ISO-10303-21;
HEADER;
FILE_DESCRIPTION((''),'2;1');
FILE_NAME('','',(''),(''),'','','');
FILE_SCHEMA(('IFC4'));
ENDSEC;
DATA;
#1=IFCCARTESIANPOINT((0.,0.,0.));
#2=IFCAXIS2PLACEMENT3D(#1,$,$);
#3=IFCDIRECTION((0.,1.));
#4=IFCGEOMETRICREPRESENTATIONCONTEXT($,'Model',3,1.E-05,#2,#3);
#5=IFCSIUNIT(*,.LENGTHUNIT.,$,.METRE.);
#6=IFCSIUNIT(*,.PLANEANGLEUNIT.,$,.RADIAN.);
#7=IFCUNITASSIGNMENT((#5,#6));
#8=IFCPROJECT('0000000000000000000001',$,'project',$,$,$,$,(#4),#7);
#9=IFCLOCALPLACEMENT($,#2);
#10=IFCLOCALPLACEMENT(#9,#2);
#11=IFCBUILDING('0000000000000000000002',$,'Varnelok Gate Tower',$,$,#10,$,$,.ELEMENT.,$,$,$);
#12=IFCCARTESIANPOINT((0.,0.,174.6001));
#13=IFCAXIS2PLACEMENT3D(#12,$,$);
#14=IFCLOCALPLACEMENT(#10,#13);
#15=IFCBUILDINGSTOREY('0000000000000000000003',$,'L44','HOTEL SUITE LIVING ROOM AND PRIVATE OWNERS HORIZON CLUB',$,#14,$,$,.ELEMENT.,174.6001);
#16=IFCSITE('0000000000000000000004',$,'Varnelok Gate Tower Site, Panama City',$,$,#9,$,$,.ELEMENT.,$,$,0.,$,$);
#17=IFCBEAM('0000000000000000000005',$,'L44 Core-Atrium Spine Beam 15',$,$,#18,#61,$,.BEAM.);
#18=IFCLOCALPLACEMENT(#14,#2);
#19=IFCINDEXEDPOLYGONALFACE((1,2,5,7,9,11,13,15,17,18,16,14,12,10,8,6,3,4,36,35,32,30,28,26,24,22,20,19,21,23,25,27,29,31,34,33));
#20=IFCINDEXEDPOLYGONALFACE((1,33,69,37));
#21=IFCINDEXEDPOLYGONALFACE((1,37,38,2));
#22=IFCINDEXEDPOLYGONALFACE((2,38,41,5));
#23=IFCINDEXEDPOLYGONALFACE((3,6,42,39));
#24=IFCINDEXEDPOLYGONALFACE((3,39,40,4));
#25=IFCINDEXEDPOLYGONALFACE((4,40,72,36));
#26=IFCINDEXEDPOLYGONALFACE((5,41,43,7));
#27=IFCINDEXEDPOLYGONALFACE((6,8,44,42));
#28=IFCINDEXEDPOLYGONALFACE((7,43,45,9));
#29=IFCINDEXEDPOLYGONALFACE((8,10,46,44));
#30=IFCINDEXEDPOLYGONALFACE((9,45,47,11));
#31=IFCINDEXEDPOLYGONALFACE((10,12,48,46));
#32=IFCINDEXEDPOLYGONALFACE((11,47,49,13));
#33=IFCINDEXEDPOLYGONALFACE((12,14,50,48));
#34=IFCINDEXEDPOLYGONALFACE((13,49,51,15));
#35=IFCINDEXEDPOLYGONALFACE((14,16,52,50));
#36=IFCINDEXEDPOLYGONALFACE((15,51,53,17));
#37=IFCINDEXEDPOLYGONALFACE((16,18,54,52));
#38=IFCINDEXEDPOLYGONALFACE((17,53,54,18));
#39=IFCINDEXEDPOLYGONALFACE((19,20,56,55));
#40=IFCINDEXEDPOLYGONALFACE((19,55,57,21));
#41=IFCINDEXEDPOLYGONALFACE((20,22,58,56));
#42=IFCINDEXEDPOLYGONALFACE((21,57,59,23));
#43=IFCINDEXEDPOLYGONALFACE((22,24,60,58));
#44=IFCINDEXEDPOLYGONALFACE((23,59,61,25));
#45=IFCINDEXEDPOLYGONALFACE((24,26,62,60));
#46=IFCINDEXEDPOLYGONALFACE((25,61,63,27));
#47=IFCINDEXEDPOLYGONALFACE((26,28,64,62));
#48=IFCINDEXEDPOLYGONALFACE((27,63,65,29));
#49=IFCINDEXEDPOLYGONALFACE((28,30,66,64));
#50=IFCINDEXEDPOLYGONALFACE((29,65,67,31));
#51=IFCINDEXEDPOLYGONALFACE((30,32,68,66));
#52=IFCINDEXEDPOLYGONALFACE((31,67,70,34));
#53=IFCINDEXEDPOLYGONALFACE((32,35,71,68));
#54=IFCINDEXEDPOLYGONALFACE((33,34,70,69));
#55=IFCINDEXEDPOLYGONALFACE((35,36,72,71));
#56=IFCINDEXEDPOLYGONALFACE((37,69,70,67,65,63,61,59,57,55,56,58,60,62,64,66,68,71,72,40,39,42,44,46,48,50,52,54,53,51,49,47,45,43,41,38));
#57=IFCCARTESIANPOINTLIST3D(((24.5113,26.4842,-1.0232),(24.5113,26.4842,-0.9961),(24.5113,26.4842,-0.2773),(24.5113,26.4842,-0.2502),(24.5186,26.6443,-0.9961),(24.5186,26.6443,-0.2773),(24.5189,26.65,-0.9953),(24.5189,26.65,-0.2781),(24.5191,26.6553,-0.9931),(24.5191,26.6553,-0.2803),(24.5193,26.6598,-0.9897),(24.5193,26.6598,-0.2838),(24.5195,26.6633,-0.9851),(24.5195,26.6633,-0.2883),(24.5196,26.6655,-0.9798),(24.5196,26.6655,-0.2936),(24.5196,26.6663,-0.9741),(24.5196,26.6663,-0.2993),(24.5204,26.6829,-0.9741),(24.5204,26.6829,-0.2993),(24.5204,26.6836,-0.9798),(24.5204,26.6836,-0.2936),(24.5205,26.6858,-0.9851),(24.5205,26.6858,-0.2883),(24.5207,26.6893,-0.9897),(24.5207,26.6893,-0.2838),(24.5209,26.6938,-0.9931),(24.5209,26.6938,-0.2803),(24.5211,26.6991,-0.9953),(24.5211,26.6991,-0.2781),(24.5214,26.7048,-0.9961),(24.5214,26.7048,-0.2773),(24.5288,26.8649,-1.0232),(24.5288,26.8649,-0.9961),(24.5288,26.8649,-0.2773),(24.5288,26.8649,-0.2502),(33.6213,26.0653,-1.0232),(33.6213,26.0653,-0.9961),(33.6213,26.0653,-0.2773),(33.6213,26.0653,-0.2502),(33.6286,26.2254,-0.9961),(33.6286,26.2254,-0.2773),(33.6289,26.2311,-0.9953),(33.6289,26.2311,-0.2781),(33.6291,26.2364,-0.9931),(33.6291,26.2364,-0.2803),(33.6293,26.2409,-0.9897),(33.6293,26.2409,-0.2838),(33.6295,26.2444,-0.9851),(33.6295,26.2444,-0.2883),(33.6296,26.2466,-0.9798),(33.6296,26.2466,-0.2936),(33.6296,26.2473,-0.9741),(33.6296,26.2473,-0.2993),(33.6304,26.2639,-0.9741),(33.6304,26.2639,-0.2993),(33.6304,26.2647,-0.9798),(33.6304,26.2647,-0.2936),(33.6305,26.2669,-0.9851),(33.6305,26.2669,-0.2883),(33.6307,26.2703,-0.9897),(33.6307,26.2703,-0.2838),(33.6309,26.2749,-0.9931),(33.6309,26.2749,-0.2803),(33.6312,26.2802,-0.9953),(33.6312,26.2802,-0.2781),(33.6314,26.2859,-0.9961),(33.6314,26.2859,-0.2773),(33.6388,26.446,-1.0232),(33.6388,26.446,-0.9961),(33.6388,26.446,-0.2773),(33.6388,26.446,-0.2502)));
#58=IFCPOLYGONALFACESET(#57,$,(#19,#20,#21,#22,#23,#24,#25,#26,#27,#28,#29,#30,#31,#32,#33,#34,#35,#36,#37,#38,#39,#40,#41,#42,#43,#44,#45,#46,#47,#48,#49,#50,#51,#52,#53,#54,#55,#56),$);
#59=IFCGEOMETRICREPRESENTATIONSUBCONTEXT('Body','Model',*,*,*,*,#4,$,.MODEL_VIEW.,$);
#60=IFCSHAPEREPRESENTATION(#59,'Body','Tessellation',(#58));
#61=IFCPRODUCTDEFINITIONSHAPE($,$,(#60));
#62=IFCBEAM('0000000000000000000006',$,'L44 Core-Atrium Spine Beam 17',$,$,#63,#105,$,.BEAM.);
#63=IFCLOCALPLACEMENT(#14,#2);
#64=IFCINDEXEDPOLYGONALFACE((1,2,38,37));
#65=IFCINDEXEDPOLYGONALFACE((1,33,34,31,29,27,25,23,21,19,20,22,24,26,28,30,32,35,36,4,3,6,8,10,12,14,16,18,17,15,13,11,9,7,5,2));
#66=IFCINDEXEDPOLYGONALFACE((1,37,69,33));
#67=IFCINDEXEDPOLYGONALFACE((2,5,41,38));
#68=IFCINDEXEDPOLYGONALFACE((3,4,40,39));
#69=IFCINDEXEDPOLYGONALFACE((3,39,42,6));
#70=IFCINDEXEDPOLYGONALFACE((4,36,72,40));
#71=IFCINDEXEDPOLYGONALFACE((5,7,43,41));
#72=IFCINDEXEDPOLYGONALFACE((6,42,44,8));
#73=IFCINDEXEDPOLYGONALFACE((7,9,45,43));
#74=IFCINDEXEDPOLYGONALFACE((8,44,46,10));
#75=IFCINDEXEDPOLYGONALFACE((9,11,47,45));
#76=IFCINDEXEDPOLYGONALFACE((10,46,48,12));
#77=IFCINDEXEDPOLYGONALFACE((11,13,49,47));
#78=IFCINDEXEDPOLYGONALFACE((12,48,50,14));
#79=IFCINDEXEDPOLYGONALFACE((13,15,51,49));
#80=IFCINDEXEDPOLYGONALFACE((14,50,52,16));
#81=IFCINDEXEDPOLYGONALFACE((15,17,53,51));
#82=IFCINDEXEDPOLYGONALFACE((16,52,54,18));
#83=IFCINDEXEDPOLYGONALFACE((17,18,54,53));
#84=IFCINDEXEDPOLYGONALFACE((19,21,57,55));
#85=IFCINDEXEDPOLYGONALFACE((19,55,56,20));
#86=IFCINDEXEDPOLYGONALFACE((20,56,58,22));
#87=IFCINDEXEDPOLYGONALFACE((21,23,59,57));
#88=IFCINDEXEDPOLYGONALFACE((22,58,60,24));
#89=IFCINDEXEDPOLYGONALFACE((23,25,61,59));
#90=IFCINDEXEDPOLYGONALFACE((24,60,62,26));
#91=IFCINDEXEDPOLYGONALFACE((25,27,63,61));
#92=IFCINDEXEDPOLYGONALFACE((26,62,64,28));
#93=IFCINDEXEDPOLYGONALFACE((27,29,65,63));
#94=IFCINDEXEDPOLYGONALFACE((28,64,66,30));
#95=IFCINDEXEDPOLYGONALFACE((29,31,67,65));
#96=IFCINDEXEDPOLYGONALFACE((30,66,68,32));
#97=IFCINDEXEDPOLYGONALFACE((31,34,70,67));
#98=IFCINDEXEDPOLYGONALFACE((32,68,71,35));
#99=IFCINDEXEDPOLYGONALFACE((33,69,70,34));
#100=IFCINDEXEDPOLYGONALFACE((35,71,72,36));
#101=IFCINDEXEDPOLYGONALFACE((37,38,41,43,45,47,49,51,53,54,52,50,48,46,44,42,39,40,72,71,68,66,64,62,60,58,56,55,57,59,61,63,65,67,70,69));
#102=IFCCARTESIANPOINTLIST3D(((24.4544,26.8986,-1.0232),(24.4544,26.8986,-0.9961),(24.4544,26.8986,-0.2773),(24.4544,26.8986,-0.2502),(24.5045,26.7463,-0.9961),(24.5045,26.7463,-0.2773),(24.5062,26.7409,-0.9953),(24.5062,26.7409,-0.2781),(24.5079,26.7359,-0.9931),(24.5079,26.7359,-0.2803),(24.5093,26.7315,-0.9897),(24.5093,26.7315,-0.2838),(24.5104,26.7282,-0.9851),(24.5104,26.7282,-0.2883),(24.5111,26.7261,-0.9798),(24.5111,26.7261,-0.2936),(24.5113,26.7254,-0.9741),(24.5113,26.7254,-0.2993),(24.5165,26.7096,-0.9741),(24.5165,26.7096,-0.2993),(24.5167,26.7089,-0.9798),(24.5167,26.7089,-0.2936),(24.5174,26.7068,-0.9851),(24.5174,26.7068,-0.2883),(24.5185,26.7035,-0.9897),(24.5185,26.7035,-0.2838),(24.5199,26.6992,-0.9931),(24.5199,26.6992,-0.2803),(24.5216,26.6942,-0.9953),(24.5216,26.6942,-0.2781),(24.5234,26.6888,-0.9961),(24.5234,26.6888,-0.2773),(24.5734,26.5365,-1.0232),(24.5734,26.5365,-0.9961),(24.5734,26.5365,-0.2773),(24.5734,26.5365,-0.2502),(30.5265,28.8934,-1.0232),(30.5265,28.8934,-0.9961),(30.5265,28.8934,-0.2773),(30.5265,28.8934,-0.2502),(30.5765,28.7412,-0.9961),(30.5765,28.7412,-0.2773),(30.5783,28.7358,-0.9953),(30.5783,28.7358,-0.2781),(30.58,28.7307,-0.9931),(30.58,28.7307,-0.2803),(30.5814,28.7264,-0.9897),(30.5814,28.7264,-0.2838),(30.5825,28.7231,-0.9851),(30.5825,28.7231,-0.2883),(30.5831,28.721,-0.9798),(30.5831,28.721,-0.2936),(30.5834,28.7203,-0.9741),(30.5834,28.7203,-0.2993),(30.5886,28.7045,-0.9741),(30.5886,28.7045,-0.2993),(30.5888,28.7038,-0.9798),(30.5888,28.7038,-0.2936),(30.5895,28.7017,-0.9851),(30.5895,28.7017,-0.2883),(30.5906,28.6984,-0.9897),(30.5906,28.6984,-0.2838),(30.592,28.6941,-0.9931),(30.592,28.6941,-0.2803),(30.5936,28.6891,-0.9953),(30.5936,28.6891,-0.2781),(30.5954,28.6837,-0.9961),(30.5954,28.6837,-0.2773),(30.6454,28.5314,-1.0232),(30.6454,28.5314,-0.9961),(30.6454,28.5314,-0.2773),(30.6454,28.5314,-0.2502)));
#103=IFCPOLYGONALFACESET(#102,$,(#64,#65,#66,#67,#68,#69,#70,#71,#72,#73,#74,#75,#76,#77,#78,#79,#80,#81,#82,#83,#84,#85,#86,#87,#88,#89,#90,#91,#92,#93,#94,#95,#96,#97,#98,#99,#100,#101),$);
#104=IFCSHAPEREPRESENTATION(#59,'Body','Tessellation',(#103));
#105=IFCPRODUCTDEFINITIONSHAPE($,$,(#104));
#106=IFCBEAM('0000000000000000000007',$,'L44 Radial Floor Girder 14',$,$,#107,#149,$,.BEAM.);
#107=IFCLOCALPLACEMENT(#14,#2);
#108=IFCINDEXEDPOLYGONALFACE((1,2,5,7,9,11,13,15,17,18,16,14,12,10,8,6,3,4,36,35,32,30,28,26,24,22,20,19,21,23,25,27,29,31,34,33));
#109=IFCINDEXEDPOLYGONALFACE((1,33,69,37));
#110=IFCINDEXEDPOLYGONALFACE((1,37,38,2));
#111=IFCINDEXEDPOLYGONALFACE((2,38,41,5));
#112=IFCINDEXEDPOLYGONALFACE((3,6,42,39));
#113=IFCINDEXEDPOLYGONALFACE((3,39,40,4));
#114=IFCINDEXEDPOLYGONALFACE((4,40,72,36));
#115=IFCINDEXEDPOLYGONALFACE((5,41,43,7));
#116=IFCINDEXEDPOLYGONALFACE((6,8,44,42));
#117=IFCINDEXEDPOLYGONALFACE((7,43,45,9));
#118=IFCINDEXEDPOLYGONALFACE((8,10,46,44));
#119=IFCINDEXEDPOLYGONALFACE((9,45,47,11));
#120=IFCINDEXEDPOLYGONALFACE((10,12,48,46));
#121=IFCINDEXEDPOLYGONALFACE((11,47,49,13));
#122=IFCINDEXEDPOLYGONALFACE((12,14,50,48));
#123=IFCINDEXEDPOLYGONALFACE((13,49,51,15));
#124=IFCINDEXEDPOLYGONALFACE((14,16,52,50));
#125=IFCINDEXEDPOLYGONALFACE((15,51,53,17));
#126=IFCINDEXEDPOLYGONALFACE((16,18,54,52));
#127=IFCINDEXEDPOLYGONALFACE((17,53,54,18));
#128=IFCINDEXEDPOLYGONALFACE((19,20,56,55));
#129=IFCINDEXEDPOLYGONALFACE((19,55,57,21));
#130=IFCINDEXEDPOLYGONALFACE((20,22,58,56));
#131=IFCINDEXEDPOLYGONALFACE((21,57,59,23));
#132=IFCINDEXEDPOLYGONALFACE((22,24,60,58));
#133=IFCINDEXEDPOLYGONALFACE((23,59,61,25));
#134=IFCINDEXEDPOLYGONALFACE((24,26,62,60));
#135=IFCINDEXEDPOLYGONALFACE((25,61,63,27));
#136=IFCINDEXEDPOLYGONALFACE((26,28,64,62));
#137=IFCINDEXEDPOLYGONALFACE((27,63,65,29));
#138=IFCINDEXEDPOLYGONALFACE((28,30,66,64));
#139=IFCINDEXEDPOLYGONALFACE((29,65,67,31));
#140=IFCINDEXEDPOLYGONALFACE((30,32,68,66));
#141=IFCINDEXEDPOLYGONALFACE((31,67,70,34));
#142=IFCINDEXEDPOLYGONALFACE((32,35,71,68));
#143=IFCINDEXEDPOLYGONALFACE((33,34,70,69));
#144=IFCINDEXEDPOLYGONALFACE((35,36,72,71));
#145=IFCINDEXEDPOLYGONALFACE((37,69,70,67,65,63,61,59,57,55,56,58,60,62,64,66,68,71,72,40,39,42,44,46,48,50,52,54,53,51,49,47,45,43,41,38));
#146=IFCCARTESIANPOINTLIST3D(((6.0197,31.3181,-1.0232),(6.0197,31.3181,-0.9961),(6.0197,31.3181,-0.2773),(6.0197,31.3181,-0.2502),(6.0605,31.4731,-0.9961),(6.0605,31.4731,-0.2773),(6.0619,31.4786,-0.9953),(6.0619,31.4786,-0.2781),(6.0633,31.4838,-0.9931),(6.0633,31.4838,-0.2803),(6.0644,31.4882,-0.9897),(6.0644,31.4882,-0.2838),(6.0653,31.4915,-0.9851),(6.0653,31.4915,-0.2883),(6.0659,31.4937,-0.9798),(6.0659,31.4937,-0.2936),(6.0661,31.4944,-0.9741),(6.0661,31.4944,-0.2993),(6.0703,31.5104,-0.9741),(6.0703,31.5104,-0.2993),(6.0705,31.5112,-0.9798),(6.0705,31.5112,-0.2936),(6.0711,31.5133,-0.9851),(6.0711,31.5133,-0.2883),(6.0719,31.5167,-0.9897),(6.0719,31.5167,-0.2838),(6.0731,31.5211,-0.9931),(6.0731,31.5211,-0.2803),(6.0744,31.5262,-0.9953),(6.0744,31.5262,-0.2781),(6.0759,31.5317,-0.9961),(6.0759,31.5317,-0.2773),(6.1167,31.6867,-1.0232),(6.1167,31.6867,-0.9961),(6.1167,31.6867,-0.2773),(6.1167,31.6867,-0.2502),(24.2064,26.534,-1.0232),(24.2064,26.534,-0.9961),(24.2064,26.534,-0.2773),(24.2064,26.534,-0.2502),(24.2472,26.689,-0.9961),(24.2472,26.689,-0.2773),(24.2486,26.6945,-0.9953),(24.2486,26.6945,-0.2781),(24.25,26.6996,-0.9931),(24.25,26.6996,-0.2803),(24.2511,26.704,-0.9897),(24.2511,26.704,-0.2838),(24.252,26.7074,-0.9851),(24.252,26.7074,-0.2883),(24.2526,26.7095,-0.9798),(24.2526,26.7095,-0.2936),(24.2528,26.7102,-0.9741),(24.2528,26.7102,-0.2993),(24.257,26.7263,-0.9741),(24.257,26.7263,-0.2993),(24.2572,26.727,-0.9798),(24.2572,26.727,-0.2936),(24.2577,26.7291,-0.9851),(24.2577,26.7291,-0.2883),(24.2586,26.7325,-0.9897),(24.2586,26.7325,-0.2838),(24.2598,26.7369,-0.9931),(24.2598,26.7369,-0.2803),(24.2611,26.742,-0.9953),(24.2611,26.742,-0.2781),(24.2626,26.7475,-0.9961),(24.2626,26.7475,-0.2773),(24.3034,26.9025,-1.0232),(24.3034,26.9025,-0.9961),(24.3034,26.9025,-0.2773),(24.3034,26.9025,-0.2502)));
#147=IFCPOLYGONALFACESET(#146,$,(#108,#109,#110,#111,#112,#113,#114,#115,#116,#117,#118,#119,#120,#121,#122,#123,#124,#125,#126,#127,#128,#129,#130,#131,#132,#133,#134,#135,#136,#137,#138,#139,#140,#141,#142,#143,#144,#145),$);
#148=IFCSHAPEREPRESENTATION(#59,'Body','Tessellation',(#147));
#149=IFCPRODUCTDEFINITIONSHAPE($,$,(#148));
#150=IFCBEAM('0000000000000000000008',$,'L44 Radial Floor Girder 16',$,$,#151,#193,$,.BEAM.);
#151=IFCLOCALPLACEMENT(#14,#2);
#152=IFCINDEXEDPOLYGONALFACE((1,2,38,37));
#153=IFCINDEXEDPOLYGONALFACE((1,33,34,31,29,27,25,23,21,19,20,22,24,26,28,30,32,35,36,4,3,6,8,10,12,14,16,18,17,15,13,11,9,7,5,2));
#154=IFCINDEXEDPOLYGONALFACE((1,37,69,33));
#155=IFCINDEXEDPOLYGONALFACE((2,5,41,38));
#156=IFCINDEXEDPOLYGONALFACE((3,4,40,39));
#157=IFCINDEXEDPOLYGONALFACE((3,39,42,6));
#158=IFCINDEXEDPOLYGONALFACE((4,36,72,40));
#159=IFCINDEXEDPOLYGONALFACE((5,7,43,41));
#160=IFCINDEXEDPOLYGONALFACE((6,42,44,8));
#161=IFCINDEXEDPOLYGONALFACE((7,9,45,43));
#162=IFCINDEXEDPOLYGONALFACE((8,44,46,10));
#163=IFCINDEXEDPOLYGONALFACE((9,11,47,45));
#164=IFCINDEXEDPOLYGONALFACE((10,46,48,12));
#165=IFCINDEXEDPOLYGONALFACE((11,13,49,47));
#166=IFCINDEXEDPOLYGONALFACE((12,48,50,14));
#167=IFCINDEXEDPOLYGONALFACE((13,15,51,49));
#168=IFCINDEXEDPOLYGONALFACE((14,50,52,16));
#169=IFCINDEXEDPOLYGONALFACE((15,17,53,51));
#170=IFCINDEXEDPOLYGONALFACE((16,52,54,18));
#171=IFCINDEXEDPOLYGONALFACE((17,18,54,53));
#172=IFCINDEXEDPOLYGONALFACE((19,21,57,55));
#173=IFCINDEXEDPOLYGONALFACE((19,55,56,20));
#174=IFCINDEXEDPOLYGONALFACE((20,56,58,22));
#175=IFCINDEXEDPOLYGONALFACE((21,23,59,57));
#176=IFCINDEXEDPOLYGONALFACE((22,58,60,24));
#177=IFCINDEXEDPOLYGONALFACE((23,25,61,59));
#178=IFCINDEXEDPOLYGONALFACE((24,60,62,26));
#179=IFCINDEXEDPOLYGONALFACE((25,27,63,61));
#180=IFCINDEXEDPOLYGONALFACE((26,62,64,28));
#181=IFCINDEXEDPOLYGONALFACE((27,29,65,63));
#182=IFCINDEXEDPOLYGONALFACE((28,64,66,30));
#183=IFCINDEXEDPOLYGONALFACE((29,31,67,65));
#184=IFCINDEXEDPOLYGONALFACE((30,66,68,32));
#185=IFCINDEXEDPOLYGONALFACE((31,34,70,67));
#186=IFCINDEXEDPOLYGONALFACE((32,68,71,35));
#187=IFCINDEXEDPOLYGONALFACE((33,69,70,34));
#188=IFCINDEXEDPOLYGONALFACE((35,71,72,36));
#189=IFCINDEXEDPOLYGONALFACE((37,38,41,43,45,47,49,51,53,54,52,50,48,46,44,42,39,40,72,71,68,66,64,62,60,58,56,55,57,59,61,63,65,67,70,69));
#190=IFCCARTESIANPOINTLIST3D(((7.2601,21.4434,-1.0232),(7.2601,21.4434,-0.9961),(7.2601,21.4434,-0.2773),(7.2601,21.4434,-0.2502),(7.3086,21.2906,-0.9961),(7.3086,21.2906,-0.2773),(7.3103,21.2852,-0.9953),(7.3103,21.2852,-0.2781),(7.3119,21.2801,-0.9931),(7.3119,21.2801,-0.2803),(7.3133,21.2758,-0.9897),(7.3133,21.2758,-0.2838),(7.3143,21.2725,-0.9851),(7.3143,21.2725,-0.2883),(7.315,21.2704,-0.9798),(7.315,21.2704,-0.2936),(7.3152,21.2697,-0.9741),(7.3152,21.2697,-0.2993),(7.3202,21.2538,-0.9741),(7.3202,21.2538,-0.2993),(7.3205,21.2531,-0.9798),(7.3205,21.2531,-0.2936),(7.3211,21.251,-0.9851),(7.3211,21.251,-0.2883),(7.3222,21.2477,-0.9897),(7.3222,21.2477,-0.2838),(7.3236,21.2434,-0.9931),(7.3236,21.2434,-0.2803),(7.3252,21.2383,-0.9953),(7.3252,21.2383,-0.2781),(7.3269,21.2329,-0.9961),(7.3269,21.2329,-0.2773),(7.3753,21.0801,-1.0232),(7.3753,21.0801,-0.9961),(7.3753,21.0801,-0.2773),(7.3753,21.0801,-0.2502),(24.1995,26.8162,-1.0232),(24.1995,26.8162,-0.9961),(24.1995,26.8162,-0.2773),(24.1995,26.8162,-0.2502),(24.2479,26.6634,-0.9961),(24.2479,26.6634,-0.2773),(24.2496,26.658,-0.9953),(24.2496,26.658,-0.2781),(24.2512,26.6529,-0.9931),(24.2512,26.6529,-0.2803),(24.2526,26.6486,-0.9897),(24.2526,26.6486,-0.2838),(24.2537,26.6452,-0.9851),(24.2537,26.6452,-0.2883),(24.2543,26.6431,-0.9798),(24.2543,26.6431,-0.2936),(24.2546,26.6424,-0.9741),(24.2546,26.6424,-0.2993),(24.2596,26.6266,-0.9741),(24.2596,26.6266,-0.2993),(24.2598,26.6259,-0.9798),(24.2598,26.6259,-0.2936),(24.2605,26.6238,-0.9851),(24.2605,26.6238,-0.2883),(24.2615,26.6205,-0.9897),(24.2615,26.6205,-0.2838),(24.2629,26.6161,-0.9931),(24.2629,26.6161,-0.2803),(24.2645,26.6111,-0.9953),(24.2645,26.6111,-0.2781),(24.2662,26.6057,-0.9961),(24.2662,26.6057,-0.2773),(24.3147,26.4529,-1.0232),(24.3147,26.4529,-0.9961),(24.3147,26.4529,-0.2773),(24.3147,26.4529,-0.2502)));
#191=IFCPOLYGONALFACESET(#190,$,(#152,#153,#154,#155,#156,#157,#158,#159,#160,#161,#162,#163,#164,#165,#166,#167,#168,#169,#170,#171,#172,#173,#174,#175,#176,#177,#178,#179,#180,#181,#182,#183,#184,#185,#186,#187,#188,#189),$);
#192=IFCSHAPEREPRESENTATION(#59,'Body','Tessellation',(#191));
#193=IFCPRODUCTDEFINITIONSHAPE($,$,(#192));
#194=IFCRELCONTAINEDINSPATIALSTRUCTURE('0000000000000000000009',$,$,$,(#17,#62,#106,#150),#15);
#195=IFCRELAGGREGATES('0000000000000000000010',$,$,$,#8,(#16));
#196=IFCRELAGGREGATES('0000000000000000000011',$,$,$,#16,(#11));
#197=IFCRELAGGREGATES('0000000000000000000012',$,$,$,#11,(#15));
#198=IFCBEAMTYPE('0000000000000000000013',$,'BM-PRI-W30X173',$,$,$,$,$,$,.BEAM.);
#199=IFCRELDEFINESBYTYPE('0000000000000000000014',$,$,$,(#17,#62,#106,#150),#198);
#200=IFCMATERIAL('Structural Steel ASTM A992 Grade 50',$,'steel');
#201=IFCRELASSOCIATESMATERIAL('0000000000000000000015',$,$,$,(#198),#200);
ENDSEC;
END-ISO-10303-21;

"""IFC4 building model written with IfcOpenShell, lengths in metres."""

from ifc_helpers import new_model, si_unit, direction, frame, origin, origin_2d, place, context, subcontext, project, spatial, i_section, extrude, material, material_profile, profile_set, type_object, element, save


model = new_model("IFC4")

# Units and contexts
model_context = context("Model", 3, precision=1e-05, world=origin(), true_north=direction((0.0, 1.0)))
body_context = subcontext(model_context, "Body", "Model", "MODEL_VIEW")
ifc_project = project(units=[si_unit("LENGTHUNIT", "METRE"), si_unit("PLANEANGLEUNIT", "RADIAN")], contexts=[model_context])

# Site, building, storey
site_placement = place(None, origin())
site = spatial("IfcSite", under=ifc_project, at=site_placement, Name="Varnelok Gate Tower Site, Panama City", CompositionType="ELEMENT", RefElevation=0.0)
building_placement = place(site_placement, origin())
building = spatial("IfcBuilding", under=site, at=building_placement, Name="Varnelok Gate Tower", CompositionType="ELEMENT")
storey_placement = place(building_placement, frame((0.0, 0.0, 174.6001)))
storey = spatial("IfcBuildingStorey", under=building, at=storey_placement, Name="L44", Description="HOTEL SUITE LIVING ROOM AND PRIVATE OWNERS HORIZON CLUB", CompositionType="ELEMENT", Elevation=174.6001)

# Shared definitions
ifc_material_1 = material(Name="Structural Steel ASTM A992 Grade 50", Category="steel")

# Beams
ifc_material_profile_1 = material_profile(ifc_material_1, i_section(OverallWidth=0.3811, OverallDepth=0.7729, WebThickness=0.0166, FlangeThickness=0.0271, FilletRadius=0.022, at=origin_2d()), Name="W30X173")
ifc_profile_set_1 = profile_set([ifc_material_profile_1], Name="Structural Steel ASTM A992 Grade 50")
beam_type_1 = type_object("IfcBeamType", Name="BM-PRI-W30X173", PredefinedType="BEAM", material=ifc_profile_set_1)
beam_1_placement = place(storey_placement, frame((24.52, 26.6746, -0.6367), z_axis=(0.998944, -0.045938, 0.0), x_axis=(0.045938, 0.998944, 0.0)))
element("IfcBeam", 1, at=beam_1_placement, inside=storey, type_object=beam_type_1, Name="L44 Core-Atrium Spine Beam 15", PredefinedType="BEAM", context=body_context, shape_type="SweptSolid", body=[
    extrude(i_section(OverallWidth=0.3811, OverallDepth=0.7729, WebThickness=0.0166, FlangeThickness=0.0271, FilletRadius=0.022, at=origin_2d()), origin(), (0.0, 0.0, 1.0), 9.1196),
])
beam_2_placement = place(storey_placement, frame((24.5139, 26.7175, -0.6367), z_axis=(0.950042, 0.312122, 0.0), x_axis=(-0.312122, 0.950042, 0.0)))
element("IfcBeam", 2, at=beam_2_placement, inside=storey, type_object=beam_type_1, Name="L44 Core-Atrium Spine Beam 17", PredefinedType="BEAM", context=body_context, shape_type="SweptSolid", body=[
    extrude(i_section(OverallWidth=0.3811, OverallDepth=0.7729, WebThickness=0.0166, FlangeThickness=0.0271, FilletRadius=0.022, at=origin_2d()), origin(), (0.0, 0.0, 1.0), 6.3914),
])
beam_3_placement = place(storey_placement, frame((24.2549, 26.7183, -0.6367), z_axis=(-0.967098, 0.254403, 0.0), x_axis=(-0.254403, -0.967098, 0.0)))
element("IfcBeam", 3, at=beam_3_placement, inside=storey, type_object=beam_type_1, Name="L44 Radial Floor Girder 14", PredefinedType="BEAM", context=body_context, shape_type="SweptSolid", body=[
    extrude(i_section(OverallWidth=0.3811, OverallDepth=0.7729, WebThickness=0.0166, FlangeThickness=0.0271, FilletRadius=0.022, at=origin_2d()), origin(), (0.0, 0.0, 1.0), 18.8054),
])
beam_4_placement = place(storey_placement, frame((24.2571, 26.6345, -0.6367), z_axis=(-0.953202, -0.302334, 0.0), x_axis=(0.302334, -0.953202, 0.0)))
element("IfcBeam", 4, at=beam_4_placement, inside=storey, type_object=beam_type_1, Name="L44 Radial Floor Girder 16", PredefinedType="BEAM", context=body_context, shape_type="SweptSolid", body=[
    extrude(i_section(OverallWidth=0.3811, OverallDepth=0.7729, WebThickness=0.0166, FlangeThickness=0.0271, FilletRadius=0.022, at=origin_2d()), origin(), (0.0, 0.0, 1.0), 17.771),
])

save(model, "model.ifc")
